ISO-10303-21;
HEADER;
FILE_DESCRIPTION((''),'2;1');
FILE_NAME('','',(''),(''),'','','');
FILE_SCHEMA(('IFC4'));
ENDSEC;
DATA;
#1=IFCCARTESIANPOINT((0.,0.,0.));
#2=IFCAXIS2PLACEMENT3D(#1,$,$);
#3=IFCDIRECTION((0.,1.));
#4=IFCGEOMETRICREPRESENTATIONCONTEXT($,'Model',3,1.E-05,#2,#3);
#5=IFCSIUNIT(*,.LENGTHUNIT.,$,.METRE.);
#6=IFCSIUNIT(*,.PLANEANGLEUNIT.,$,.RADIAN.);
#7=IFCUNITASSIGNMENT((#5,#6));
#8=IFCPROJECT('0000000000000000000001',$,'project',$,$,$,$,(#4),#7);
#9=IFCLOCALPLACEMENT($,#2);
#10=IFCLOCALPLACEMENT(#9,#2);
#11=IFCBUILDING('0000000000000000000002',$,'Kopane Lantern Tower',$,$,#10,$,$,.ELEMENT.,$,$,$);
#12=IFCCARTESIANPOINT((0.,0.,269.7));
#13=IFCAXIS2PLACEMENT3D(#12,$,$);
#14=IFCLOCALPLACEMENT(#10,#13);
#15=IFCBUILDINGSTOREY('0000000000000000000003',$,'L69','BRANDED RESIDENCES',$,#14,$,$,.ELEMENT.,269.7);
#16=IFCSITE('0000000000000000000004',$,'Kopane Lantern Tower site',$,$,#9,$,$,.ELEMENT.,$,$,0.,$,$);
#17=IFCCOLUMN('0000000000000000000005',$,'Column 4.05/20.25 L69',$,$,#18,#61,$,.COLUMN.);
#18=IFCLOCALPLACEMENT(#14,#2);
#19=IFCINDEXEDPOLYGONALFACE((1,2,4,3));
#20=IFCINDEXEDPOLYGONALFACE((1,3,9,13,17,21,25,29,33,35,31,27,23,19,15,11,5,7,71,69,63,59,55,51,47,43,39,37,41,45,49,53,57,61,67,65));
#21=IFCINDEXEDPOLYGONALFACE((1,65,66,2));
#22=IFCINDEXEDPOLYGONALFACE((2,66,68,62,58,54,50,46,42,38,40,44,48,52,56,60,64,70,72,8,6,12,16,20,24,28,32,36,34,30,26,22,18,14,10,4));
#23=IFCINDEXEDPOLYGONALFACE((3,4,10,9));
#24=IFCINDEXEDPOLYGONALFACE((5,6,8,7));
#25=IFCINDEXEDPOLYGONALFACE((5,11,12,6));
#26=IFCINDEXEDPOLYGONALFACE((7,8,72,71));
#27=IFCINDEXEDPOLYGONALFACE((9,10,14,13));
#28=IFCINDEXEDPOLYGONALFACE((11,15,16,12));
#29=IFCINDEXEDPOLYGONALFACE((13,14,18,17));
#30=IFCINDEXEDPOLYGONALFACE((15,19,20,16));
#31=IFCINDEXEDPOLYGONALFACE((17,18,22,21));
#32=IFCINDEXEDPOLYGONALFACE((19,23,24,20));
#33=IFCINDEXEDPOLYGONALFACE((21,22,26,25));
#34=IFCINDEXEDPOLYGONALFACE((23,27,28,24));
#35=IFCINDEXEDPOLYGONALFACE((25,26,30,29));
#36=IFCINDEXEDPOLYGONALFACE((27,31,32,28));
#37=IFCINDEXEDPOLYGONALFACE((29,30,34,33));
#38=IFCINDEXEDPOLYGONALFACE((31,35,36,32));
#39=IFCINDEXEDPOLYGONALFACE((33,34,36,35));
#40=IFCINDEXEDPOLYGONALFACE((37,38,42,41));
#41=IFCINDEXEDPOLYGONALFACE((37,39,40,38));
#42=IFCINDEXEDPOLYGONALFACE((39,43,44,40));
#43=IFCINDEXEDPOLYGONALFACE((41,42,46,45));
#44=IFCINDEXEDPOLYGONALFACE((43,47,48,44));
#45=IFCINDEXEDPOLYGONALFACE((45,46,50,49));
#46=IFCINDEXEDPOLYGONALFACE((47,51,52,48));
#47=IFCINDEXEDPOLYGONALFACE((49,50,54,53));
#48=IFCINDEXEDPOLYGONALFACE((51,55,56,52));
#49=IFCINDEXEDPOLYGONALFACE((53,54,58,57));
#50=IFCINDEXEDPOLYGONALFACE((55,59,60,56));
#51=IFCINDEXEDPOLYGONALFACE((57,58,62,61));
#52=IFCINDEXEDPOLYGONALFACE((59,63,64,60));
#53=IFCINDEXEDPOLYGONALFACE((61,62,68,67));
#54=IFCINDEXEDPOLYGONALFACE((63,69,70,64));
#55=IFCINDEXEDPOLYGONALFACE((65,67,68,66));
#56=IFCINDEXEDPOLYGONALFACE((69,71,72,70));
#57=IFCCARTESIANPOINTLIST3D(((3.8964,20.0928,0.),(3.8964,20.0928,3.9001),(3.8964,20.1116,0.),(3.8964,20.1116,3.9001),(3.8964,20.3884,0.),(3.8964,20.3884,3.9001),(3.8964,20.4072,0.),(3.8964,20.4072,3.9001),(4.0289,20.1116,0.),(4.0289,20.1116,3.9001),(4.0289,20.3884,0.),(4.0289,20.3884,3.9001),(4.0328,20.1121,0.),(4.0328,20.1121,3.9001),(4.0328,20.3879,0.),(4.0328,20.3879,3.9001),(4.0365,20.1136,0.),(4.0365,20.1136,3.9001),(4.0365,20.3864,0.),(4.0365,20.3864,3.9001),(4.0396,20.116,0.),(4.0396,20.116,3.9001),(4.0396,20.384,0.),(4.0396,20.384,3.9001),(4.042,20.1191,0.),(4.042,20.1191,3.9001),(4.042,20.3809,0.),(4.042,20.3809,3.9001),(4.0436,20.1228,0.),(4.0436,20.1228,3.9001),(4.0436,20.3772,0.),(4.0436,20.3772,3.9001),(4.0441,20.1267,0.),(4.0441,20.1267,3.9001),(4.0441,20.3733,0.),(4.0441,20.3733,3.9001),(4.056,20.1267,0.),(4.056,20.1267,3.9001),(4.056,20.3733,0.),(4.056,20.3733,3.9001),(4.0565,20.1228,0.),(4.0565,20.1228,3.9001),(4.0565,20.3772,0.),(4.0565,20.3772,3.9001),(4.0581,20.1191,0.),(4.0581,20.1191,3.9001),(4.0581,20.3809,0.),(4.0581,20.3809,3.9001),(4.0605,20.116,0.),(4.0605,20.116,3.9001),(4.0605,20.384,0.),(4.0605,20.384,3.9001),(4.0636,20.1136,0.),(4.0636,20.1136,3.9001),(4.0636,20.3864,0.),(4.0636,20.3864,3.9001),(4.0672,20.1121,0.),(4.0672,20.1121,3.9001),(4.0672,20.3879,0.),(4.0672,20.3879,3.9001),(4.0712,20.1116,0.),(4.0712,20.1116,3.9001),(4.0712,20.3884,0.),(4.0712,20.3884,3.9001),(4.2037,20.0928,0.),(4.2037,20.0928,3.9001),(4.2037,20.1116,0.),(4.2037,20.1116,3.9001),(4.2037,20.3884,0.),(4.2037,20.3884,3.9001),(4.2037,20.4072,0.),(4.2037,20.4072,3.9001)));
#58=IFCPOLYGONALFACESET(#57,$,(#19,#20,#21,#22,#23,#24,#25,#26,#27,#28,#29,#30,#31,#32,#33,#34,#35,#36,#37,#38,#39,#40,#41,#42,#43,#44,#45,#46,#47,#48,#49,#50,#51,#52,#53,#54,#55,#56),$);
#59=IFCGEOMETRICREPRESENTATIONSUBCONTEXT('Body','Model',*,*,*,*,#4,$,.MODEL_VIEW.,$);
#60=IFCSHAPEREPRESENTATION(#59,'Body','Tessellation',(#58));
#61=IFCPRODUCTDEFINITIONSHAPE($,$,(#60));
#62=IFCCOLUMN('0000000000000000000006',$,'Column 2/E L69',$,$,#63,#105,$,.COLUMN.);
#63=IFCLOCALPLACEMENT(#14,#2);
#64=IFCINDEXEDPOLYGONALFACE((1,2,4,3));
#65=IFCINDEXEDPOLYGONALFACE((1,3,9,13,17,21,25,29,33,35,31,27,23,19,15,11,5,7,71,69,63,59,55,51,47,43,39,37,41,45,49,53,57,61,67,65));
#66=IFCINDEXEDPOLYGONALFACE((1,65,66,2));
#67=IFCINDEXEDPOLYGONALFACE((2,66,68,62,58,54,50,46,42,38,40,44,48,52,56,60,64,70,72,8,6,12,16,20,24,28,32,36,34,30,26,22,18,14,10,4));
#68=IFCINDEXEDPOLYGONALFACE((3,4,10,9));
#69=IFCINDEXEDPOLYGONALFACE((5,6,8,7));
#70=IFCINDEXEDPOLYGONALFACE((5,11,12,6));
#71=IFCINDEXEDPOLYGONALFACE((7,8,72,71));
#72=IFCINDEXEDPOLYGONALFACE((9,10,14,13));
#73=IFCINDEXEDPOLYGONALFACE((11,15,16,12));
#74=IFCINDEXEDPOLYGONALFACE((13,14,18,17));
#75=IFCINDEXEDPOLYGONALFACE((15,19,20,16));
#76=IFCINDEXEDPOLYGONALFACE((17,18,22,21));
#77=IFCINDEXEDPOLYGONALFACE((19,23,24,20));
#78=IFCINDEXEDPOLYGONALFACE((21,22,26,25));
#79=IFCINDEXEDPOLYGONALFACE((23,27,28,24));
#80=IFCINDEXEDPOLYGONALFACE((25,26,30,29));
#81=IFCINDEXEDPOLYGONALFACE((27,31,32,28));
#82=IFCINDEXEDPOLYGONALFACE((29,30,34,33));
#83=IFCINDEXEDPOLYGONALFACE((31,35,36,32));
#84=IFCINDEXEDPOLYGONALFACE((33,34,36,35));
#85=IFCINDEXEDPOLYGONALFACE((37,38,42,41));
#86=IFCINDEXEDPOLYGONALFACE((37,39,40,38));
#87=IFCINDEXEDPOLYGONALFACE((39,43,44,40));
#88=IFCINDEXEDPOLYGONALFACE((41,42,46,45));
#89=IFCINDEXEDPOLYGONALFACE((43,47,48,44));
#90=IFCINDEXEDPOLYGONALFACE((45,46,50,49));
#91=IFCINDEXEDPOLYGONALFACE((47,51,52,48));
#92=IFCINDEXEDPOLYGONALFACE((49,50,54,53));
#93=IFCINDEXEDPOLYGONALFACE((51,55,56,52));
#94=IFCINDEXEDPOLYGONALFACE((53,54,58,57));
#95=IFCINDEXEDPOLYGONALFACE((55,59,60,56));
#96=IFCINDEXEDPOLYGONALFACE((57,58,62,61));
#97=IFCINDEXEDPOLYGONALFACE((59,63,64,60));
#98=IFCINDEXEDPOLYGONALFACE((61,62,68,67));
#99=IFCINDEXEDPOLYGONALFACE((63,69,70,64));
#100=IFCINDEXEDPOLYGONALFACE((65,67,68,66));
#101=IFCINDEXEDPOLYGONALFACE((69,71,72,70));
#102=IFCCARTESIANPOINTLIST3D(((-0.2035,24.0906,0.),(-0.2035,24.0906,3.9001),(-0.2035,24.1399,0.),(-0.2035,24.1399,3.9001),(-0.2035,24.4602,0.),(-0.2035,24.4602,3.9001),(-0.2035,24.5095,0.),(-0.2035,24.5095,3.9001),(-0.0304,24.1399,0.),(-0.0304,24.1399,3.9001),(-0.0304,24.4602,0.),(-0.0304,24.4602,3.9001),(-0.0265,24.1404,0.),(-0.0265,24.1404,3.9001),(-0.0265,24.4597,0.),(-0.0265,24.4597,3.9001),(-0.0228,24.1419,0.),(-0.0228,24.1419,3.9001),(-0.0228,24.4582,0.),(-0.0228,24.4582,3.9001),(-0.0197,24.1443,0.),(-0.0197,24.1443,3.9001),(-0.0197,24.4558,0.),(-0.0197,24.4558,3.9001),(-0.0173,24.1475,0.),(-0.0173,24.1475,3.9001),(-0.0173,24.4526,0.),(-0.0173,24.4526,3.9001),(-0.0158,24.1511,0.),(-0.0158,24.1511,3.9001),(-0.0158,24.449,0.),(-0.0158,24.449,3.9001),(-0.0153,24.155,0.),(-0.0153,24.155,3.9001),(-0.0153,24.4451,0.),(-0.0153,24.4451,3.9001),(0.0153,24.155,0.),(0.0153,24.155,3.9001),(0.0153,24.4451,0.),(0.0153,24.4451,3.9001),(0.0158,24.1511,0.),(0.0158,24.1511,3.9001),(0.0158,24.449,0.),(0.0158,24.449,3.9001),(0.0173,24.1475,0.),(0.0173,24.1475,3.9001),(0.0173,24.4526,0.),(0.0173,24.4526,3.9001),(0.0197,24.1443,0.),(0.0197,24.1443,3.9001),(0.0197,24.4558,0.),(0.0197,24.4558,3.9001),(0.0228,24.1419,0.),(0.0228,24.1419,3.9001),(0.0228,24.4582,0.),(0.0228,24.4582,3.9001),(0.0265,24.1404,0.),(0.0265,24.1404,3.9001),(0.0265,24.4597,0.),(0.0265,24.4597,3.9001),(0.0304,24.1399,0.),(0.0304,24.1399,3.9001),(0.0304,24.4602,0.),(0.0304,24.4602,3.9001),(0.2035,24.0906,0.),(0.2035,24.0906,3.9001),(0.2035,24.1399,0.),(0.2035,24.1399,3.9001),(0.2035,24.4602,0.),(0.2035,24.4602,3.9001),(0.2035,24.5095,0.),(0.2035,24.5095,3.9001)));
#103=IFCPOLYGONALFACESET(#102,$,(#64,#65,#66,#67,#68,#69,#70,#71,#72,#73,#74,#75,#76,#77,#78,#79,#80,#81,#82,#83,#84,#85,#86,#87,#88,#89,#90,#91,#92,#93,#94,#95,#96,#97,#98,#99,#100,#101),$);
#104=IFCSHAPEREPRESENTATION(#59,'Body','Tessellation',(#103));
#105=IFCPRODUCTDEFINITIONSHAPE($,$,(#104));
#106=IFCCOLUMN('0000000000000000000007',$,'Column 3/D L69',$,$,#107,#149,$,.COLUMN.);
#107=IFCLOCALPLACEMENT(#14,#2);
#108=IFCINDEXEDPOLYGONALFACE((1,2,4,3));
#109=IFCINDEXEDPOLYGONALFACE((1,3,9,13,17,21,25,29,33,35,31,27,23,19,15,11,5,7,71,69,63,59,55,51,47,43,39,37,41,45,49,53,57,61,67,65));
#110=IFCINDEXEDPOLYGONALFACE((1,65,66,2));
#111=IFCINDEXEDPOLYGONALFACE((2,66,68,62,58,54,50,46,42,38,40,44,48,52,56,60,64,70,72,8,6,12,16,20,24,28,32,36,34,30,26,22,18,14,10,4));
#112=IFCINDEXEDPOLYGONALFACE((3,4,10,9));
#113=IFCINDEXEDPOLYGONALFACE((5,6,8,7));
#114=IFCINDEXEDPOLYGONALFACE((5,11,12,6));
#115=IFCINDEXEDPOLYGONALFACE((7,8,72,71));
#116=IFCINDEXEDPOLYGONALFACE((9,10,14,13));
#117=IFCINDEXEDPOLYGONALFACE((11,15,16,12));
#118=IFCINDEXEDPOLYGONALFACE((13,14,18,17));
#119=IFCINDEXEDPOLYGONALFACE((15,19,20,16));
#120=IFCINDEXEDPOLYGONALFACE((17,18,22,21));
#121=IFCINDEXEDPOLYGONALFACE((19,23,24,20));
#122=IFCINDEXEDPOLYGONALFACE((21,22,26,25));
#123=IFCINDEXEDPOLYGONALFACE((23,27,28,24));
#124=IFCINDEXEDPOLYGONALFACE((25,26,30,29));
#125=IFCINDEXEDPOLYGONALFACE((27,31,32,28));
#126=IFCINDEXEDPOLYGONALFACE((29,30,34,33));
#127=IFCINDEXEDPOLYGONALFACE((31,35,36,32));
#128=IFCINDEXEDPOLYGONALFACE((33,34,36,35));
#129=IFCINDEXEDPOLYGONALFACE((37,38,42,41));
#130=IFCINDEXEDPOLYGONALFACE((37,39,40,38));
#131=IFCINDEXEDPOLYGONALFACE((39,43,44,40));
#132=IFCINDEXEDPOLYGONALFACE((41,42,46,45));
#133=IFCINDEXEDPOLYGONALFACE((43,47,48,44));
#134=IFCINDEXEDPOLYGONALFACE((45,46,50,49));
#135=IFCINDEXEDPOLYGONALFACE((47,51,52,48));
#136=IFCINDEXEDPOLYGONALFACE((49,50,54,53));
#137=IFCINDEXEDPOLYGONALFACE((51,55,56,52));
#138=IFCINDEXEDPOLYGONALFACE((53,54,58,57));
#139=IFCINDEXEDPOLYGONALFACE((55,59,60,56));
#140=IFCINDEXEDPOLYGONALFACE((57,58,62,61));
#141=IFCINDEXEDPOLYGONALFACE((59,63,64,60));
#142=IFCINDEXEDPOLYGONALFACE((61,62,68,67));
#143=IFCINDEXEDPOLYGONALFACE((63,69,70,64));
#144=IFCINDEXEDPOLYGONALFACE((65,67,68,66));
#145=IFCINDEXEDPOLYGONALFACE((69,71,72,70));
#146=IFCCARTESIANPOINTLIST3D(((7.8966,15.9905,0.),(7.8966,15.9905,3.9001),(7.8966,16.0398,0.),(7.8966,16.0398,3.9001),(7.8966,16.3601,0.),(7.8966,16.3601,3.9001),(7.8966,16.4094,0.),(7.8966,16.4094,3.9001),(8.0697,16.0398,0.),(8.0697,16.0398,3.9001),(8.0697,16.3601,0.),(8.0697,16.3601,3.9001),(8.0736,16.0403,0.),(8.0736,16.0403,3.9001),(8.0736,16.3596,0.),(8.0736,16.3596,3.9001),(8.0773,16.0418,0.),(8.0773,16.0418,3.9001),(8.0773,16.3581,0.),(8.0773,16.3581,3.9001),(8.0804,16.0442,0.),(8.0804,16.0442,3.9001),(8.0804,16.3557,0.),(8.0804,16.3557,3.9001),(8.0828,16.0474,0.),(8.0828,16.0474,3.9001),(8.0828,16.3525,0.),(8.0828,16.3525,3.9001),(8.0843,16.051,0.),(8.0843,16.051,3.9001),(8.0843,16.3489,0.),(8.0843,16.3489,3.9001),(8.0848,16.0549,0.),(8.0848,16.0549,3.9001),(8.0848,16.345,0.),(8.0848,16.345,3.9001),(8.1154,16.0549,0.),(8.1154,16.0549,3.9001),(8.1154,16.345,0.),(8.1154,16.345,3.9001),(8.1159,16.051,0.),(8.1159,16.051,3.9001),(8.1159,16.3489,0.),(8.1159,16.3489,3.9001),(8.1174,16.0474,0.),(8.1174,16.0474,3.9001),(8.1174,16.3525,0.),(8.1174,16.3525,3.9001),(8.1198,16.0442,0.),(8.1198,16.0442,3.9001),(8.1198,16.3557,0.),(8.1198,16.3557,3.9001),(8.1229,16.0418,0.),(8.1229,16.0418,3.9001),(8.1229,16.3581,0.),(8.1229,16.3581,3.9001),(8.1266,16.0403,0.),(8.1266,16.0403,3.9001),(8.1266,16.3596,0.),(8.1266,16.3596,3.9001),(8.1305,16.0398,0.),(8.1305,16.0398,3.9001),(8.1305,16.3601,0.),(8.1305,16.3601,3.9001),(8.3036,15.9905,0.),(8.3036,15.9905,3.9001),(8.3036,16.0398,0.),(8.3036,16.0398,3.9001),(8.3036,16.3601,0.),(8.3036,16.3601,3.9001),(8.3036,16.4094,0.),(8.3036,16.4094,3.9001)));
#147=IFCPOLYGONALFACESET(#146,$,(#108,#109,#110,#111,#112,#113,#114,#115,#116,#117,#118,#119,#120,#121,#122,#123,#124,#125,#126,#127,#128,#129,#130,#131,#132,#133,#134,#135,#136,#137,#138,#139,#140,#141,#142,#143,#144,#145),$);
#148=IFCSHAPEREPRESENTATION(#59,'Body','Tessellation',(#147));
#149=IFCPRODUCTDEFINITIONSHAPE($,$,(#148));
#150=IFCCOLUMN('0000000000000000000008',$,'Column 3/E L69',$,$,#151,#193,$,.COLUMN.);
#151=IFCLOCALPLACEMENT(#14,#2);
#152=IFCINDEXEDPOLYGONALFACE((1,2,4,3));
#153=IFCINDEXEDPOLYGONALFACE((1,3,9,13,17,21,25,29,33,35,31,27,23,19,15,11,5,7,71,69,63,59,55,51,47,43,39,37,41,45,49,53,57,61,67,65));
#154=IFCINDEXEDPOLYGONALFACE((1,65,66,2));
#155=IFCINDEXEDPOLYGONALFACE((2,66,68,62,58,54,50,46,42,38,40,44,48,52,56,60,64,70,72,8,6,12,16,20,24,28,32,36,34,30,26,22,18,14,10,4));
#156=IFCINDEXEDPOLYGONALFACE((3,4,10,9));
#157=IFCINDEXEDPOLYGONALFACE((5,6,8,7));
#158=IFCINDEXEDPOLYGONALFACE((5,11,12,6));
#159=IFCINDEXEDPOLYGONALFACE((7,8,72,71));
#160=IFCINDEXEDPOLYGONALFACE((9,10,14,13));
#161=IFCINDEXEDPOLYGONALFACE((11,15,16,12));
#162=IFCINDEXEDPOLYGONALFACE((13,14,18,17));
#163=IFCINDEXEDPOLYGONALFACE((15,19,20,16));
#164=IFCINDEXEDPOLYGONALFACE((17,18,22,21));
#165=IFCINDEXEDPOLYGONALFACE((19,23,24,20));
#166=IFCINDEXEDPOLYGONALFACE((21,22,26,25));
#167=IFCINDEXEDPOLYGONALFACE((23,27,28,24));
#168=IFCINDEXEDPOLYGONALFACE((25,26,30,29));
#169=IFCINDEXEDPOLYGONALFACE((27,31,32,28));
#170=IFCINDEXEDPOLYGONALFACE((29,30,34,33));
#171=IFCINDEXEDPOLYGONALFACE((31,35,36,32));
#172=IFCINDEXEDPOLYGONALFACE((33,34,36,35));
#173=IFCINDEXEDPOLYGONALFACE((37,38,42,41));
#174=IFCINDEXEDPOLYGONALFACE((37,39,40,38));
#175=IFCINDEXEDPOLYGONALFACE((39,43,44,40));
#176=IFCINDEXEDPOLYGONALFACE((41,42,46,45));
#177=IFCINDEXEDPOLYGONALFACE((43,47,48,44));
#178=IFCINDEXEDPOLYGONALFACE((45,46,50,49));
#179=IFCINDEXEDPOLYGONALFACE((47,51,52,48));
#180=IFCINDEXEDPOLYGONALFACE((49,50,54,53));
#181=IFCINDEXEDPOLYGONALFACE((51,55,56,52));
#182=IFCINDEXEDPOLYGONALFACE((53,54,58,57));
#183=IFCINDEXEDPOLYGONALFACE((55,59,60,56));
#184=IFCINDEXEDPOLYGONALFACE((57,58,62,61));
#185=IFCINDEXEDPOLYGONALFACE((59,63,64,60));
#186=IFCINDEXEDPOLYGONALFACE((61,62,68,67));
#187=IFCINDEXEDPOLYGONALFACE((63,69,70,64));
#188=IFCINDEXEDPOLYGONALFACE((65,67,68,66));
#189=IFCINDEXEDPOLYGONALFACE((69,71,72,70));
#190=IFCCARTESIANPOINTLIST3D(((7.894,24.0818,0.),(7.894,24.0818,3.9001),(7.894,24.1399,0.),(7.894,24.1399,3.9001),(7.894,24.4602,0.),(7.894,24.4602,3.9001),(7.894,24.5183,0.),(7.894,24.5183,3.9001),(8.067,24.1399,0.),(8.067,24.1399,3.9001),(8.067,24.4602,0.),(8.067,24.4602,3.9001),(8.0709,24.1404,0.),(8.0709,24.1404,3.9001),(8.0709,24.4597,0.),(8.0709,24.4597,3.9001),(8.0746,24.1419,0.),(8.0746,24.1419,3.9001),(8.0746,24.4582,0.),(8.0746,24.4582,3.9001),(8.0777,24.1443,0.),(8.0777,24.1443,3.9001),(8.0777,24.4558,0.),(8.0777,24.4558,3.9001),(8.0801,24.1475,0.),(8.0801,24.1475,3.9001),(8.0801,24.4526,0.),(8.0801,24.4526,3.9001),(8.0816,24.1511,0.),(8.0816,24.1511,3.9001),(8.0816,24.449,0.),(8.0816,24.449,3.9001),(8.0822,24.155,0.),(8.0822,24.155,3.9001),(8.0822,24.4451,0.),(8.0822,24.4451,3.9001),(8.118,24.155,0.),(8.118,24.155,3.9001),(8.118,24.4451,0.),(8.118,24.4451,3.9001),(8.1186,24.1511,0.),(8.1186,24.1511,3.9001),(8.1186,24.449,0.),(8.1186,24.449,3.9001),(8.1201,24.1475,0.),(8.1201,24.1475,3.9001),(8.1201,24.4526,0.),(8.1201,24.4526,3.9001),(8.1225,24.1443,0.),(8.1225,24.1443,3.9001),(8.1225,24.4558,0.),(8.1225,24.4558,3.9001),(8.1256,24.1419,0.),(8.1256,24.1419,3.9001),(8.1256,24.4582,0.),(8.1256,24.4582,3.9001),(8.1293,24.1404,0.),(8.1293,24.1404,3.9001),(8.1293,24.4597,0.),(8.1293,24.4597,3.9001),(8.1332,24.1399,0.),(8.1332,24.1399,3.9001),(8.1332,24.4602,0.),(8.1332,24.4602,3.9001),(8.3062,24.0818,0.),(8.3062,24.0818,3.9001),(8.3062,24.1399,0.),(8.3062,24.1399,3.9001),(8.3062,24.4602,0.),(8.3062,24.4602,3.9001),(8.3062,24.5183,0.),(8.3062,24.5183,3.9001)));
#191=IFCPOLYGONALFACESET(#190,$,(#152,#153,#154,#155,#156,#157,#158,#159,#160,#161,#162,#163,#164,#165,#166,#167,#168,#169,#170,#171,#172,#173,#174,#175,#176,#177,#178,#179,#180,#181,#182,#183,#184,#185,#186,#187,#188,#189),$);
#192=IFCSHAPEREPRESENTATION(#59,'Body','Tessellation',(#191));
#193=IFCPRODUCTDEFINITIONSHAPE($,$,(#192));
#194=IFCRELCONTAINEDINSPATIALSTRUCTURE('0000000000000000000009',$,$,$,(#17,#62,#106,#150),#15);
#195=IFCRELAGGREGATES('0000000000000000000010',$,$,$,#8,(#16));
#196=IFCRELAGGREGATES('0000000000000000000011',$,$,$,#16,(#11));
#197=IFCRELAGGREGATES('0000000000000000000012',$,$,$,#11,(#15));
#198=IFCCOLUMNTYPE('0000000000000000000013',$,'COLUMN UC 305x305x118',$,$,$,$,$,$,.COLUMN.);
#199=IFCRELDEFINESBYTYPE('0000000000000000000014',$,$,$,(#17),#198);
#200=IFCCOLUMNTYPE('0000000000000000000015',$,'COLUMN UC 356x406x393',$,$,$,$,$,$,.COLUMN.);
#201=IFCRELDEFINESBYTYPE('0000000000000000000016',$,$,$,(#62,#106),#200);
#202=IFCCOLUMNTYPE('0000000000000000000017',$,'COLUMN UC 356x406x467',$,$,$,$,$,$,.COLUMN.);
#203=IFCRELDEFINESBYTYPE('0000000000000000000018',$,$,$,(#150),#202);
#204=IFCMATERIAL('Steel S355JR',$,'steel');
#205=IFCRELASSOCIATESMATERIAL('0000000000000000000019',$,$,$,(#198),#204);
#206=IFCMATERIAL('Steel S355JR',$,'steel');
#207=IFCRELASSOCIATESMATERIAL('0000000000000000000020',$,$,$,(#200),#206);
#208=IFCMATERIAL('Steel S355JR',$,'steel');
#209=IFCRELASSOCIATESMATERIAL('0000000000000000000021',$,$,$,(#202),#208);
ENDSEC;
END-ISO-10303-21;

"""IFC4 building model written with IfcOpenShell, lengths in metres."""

from ifc_helpers import new_model, si_unit, direction, frame, origin, origin_2d, place, context, subcontext, project, spatial, i_section, extrude, material, material_profile, profile_set, type_object, element, save


model = new_model("IFC4")

# Units and contexts
model_context = context("Model", 3, precision=1e-05, world=origin(), true_north=direction((0.0, 1.0)))
body_context = subcontext(model_context, "Body", "Model", "MODEL_VIEW")
ifc_project = project(units=[si_unit("LENGTHUNIT", "METRE"), si_unit("PLANEANGLEUNIT", "RADIAN")], contexts=[model_context])

# Site, building, storey
site_placement = place(None, origin())
site = spatial("IfcSite", under=ifc_project, at=site_placement, Name="Kopane Lantern Tower site", CompositionType="ELEMENT", RefElevation=0.0)
building_placement = place(site_placement, origin())
building = spatial("IfcBuilding", under=site, at=building_placement, Name="Kopane Lantern Tower", CompositionType="ELEMENT")
storey_placement = place(building_placement, frame((0.0, 0.0, 269.7)))
storey = spatial("IfcBuildingStorey", under=building, at=storey_placement, Name="L69", Description="BRANDED RESIDENCES", CompositionType="ELEMENT", Elevation=269.7)

# Columns
ifc_material_1 = material(Name="Steel S355JR", Category="steel")
ifc_material_profile_1 = material_profile(ifc_material_1, i_section(OverallWidth=0.3074, OverallDepth=0.3145, WebThickness=0.012, FlangeThickness=0.0188, FilletRadius=0.0151, at=origin_2d()), Name="UC 305x305x118")
ifc_profile_set_1 = profile_set([ifc_material_profile_1], Name="Steel S355JR")
column_type_1 = type_object("IfcColumnType", Name="COLUMN UC 305x305x118", PredefinedType="COLUMN", material=ifc_profile_set_1)
column_1_placement = place(storey_placement, frame((4.05, 20.25, 0.0), z_axis=(0.0, 0.0, 1.0), x_axis=(1.0, 0.0, 0.0)))
element("IfcColumn", 1, at=column_1_placement, inside=storey, type_object=column_type_1, Name="Column 4.05/20.25 L69", PredefinedType="COLUMN", context=body_context, shape_type="SweptSolid", body=[
    extrude(i_section(OverallWidth=0.3074, OverallDepth=0.3145, WebThickness=0.012, FlangeThickness=0.0188, FilletRadius=0.0151, at=origin_2d()), origin(), (0.0, 0.0, 1.0), 3.9001),
])
ifc_material_2 = material(Name="Steel S355JR", Category="steel")
ifc_material_profile_2 = material_profile(ifc_material_2, i_section(OverallWidth=0.407, OverallDepth=0.4189, WebThickness=0.0305, FlangeThickness=0.0493, FilletRadius=0.0151, at=origin_2d()), Name="UC 356x406x393")
ifc_profile_set_2 = profile_set([ifc_material_profile_2], Name="Steel S355JR")
column_type_2 = type_object("IfcColumnType", Name="COLUMN UC 356x406x393", PredefinedType="COLUMN", material=ifc_profile_set_2)
for number, where, z_axis, x_axis, name in (
    (2, (0.0, 24.3, 0.0), (0.0, 0.0, 1.0), (1.0, 0.0, 0.0), "Column 2/E L69"),
    (3, (8.1001, 16.2, 0.0), (0.0, 0.0, 1.0), (1.0, 0.0, 0.0), "Column 3/D L69"),
):
    element("IfcColumn", number, at=place(storey_placement, frame(where, z_axis=z_axis, x_axis=x_axis)), inside=storey, type_object=column_type_2, Name=name, PredefinedType="COLUMN", context=body_context, shape_type="SweptSolid", body=[
        extrude(i_section(OverallWidth=0.407, OverallDepth=0.4189, WebThickness=0.0305, FlangeThickness=0.0493, FilletRadius=0.0151, at=origin_2d()), origin(), (0.0, 0.0, 1.0), 3.9001),
    ])
ifc_material_3 = material(Name="Steel S355JR", Category="steel")
ifc_material_profile_3 = material_profile(ifc_material_3, i_section(OverallWidth=0.4121, OverallDepth=0.4365, WebThickness=0.0359, FlangeThickness=0.0581, FilletRadius=0.0151, at=origin_2d()), Name="UC 356x406x467")
ifc_profile_set_3 = profile_set([ifc_material_profile_3], Name="Steel S355JR")
column_type_3 = type_object("IfcColumnType", Name="COLUMN UC 356x406x467", PredefinedType="COLUMN", material=ifc_profile_set_3)
column_2_placement = place(storey_placement, frame((8.1001, 24.3, 0.0), z_axis=(0.0, 0.0, 1.0), x_axis=(1.0, 0.0, 0.0)))
element("IfcColumn", 4, at=column_2_placement, inside=storey, type_object=column_type_3, Name="Column 3/E L69", PredefinedType="COLUMN", context=body_context, shape_type="SweptSolid", body=[
    extrude(i_section(OverallWidth=0.4121, OverallDepth=0.4365, WebThickness=0.0359, FlangeThickness=0.0581, FilletRadius=0.0151, at=origin_2d()), origin(), (0.0, 0.0, 1.0), 3.9001),
])

save(model, "model.ifc")
